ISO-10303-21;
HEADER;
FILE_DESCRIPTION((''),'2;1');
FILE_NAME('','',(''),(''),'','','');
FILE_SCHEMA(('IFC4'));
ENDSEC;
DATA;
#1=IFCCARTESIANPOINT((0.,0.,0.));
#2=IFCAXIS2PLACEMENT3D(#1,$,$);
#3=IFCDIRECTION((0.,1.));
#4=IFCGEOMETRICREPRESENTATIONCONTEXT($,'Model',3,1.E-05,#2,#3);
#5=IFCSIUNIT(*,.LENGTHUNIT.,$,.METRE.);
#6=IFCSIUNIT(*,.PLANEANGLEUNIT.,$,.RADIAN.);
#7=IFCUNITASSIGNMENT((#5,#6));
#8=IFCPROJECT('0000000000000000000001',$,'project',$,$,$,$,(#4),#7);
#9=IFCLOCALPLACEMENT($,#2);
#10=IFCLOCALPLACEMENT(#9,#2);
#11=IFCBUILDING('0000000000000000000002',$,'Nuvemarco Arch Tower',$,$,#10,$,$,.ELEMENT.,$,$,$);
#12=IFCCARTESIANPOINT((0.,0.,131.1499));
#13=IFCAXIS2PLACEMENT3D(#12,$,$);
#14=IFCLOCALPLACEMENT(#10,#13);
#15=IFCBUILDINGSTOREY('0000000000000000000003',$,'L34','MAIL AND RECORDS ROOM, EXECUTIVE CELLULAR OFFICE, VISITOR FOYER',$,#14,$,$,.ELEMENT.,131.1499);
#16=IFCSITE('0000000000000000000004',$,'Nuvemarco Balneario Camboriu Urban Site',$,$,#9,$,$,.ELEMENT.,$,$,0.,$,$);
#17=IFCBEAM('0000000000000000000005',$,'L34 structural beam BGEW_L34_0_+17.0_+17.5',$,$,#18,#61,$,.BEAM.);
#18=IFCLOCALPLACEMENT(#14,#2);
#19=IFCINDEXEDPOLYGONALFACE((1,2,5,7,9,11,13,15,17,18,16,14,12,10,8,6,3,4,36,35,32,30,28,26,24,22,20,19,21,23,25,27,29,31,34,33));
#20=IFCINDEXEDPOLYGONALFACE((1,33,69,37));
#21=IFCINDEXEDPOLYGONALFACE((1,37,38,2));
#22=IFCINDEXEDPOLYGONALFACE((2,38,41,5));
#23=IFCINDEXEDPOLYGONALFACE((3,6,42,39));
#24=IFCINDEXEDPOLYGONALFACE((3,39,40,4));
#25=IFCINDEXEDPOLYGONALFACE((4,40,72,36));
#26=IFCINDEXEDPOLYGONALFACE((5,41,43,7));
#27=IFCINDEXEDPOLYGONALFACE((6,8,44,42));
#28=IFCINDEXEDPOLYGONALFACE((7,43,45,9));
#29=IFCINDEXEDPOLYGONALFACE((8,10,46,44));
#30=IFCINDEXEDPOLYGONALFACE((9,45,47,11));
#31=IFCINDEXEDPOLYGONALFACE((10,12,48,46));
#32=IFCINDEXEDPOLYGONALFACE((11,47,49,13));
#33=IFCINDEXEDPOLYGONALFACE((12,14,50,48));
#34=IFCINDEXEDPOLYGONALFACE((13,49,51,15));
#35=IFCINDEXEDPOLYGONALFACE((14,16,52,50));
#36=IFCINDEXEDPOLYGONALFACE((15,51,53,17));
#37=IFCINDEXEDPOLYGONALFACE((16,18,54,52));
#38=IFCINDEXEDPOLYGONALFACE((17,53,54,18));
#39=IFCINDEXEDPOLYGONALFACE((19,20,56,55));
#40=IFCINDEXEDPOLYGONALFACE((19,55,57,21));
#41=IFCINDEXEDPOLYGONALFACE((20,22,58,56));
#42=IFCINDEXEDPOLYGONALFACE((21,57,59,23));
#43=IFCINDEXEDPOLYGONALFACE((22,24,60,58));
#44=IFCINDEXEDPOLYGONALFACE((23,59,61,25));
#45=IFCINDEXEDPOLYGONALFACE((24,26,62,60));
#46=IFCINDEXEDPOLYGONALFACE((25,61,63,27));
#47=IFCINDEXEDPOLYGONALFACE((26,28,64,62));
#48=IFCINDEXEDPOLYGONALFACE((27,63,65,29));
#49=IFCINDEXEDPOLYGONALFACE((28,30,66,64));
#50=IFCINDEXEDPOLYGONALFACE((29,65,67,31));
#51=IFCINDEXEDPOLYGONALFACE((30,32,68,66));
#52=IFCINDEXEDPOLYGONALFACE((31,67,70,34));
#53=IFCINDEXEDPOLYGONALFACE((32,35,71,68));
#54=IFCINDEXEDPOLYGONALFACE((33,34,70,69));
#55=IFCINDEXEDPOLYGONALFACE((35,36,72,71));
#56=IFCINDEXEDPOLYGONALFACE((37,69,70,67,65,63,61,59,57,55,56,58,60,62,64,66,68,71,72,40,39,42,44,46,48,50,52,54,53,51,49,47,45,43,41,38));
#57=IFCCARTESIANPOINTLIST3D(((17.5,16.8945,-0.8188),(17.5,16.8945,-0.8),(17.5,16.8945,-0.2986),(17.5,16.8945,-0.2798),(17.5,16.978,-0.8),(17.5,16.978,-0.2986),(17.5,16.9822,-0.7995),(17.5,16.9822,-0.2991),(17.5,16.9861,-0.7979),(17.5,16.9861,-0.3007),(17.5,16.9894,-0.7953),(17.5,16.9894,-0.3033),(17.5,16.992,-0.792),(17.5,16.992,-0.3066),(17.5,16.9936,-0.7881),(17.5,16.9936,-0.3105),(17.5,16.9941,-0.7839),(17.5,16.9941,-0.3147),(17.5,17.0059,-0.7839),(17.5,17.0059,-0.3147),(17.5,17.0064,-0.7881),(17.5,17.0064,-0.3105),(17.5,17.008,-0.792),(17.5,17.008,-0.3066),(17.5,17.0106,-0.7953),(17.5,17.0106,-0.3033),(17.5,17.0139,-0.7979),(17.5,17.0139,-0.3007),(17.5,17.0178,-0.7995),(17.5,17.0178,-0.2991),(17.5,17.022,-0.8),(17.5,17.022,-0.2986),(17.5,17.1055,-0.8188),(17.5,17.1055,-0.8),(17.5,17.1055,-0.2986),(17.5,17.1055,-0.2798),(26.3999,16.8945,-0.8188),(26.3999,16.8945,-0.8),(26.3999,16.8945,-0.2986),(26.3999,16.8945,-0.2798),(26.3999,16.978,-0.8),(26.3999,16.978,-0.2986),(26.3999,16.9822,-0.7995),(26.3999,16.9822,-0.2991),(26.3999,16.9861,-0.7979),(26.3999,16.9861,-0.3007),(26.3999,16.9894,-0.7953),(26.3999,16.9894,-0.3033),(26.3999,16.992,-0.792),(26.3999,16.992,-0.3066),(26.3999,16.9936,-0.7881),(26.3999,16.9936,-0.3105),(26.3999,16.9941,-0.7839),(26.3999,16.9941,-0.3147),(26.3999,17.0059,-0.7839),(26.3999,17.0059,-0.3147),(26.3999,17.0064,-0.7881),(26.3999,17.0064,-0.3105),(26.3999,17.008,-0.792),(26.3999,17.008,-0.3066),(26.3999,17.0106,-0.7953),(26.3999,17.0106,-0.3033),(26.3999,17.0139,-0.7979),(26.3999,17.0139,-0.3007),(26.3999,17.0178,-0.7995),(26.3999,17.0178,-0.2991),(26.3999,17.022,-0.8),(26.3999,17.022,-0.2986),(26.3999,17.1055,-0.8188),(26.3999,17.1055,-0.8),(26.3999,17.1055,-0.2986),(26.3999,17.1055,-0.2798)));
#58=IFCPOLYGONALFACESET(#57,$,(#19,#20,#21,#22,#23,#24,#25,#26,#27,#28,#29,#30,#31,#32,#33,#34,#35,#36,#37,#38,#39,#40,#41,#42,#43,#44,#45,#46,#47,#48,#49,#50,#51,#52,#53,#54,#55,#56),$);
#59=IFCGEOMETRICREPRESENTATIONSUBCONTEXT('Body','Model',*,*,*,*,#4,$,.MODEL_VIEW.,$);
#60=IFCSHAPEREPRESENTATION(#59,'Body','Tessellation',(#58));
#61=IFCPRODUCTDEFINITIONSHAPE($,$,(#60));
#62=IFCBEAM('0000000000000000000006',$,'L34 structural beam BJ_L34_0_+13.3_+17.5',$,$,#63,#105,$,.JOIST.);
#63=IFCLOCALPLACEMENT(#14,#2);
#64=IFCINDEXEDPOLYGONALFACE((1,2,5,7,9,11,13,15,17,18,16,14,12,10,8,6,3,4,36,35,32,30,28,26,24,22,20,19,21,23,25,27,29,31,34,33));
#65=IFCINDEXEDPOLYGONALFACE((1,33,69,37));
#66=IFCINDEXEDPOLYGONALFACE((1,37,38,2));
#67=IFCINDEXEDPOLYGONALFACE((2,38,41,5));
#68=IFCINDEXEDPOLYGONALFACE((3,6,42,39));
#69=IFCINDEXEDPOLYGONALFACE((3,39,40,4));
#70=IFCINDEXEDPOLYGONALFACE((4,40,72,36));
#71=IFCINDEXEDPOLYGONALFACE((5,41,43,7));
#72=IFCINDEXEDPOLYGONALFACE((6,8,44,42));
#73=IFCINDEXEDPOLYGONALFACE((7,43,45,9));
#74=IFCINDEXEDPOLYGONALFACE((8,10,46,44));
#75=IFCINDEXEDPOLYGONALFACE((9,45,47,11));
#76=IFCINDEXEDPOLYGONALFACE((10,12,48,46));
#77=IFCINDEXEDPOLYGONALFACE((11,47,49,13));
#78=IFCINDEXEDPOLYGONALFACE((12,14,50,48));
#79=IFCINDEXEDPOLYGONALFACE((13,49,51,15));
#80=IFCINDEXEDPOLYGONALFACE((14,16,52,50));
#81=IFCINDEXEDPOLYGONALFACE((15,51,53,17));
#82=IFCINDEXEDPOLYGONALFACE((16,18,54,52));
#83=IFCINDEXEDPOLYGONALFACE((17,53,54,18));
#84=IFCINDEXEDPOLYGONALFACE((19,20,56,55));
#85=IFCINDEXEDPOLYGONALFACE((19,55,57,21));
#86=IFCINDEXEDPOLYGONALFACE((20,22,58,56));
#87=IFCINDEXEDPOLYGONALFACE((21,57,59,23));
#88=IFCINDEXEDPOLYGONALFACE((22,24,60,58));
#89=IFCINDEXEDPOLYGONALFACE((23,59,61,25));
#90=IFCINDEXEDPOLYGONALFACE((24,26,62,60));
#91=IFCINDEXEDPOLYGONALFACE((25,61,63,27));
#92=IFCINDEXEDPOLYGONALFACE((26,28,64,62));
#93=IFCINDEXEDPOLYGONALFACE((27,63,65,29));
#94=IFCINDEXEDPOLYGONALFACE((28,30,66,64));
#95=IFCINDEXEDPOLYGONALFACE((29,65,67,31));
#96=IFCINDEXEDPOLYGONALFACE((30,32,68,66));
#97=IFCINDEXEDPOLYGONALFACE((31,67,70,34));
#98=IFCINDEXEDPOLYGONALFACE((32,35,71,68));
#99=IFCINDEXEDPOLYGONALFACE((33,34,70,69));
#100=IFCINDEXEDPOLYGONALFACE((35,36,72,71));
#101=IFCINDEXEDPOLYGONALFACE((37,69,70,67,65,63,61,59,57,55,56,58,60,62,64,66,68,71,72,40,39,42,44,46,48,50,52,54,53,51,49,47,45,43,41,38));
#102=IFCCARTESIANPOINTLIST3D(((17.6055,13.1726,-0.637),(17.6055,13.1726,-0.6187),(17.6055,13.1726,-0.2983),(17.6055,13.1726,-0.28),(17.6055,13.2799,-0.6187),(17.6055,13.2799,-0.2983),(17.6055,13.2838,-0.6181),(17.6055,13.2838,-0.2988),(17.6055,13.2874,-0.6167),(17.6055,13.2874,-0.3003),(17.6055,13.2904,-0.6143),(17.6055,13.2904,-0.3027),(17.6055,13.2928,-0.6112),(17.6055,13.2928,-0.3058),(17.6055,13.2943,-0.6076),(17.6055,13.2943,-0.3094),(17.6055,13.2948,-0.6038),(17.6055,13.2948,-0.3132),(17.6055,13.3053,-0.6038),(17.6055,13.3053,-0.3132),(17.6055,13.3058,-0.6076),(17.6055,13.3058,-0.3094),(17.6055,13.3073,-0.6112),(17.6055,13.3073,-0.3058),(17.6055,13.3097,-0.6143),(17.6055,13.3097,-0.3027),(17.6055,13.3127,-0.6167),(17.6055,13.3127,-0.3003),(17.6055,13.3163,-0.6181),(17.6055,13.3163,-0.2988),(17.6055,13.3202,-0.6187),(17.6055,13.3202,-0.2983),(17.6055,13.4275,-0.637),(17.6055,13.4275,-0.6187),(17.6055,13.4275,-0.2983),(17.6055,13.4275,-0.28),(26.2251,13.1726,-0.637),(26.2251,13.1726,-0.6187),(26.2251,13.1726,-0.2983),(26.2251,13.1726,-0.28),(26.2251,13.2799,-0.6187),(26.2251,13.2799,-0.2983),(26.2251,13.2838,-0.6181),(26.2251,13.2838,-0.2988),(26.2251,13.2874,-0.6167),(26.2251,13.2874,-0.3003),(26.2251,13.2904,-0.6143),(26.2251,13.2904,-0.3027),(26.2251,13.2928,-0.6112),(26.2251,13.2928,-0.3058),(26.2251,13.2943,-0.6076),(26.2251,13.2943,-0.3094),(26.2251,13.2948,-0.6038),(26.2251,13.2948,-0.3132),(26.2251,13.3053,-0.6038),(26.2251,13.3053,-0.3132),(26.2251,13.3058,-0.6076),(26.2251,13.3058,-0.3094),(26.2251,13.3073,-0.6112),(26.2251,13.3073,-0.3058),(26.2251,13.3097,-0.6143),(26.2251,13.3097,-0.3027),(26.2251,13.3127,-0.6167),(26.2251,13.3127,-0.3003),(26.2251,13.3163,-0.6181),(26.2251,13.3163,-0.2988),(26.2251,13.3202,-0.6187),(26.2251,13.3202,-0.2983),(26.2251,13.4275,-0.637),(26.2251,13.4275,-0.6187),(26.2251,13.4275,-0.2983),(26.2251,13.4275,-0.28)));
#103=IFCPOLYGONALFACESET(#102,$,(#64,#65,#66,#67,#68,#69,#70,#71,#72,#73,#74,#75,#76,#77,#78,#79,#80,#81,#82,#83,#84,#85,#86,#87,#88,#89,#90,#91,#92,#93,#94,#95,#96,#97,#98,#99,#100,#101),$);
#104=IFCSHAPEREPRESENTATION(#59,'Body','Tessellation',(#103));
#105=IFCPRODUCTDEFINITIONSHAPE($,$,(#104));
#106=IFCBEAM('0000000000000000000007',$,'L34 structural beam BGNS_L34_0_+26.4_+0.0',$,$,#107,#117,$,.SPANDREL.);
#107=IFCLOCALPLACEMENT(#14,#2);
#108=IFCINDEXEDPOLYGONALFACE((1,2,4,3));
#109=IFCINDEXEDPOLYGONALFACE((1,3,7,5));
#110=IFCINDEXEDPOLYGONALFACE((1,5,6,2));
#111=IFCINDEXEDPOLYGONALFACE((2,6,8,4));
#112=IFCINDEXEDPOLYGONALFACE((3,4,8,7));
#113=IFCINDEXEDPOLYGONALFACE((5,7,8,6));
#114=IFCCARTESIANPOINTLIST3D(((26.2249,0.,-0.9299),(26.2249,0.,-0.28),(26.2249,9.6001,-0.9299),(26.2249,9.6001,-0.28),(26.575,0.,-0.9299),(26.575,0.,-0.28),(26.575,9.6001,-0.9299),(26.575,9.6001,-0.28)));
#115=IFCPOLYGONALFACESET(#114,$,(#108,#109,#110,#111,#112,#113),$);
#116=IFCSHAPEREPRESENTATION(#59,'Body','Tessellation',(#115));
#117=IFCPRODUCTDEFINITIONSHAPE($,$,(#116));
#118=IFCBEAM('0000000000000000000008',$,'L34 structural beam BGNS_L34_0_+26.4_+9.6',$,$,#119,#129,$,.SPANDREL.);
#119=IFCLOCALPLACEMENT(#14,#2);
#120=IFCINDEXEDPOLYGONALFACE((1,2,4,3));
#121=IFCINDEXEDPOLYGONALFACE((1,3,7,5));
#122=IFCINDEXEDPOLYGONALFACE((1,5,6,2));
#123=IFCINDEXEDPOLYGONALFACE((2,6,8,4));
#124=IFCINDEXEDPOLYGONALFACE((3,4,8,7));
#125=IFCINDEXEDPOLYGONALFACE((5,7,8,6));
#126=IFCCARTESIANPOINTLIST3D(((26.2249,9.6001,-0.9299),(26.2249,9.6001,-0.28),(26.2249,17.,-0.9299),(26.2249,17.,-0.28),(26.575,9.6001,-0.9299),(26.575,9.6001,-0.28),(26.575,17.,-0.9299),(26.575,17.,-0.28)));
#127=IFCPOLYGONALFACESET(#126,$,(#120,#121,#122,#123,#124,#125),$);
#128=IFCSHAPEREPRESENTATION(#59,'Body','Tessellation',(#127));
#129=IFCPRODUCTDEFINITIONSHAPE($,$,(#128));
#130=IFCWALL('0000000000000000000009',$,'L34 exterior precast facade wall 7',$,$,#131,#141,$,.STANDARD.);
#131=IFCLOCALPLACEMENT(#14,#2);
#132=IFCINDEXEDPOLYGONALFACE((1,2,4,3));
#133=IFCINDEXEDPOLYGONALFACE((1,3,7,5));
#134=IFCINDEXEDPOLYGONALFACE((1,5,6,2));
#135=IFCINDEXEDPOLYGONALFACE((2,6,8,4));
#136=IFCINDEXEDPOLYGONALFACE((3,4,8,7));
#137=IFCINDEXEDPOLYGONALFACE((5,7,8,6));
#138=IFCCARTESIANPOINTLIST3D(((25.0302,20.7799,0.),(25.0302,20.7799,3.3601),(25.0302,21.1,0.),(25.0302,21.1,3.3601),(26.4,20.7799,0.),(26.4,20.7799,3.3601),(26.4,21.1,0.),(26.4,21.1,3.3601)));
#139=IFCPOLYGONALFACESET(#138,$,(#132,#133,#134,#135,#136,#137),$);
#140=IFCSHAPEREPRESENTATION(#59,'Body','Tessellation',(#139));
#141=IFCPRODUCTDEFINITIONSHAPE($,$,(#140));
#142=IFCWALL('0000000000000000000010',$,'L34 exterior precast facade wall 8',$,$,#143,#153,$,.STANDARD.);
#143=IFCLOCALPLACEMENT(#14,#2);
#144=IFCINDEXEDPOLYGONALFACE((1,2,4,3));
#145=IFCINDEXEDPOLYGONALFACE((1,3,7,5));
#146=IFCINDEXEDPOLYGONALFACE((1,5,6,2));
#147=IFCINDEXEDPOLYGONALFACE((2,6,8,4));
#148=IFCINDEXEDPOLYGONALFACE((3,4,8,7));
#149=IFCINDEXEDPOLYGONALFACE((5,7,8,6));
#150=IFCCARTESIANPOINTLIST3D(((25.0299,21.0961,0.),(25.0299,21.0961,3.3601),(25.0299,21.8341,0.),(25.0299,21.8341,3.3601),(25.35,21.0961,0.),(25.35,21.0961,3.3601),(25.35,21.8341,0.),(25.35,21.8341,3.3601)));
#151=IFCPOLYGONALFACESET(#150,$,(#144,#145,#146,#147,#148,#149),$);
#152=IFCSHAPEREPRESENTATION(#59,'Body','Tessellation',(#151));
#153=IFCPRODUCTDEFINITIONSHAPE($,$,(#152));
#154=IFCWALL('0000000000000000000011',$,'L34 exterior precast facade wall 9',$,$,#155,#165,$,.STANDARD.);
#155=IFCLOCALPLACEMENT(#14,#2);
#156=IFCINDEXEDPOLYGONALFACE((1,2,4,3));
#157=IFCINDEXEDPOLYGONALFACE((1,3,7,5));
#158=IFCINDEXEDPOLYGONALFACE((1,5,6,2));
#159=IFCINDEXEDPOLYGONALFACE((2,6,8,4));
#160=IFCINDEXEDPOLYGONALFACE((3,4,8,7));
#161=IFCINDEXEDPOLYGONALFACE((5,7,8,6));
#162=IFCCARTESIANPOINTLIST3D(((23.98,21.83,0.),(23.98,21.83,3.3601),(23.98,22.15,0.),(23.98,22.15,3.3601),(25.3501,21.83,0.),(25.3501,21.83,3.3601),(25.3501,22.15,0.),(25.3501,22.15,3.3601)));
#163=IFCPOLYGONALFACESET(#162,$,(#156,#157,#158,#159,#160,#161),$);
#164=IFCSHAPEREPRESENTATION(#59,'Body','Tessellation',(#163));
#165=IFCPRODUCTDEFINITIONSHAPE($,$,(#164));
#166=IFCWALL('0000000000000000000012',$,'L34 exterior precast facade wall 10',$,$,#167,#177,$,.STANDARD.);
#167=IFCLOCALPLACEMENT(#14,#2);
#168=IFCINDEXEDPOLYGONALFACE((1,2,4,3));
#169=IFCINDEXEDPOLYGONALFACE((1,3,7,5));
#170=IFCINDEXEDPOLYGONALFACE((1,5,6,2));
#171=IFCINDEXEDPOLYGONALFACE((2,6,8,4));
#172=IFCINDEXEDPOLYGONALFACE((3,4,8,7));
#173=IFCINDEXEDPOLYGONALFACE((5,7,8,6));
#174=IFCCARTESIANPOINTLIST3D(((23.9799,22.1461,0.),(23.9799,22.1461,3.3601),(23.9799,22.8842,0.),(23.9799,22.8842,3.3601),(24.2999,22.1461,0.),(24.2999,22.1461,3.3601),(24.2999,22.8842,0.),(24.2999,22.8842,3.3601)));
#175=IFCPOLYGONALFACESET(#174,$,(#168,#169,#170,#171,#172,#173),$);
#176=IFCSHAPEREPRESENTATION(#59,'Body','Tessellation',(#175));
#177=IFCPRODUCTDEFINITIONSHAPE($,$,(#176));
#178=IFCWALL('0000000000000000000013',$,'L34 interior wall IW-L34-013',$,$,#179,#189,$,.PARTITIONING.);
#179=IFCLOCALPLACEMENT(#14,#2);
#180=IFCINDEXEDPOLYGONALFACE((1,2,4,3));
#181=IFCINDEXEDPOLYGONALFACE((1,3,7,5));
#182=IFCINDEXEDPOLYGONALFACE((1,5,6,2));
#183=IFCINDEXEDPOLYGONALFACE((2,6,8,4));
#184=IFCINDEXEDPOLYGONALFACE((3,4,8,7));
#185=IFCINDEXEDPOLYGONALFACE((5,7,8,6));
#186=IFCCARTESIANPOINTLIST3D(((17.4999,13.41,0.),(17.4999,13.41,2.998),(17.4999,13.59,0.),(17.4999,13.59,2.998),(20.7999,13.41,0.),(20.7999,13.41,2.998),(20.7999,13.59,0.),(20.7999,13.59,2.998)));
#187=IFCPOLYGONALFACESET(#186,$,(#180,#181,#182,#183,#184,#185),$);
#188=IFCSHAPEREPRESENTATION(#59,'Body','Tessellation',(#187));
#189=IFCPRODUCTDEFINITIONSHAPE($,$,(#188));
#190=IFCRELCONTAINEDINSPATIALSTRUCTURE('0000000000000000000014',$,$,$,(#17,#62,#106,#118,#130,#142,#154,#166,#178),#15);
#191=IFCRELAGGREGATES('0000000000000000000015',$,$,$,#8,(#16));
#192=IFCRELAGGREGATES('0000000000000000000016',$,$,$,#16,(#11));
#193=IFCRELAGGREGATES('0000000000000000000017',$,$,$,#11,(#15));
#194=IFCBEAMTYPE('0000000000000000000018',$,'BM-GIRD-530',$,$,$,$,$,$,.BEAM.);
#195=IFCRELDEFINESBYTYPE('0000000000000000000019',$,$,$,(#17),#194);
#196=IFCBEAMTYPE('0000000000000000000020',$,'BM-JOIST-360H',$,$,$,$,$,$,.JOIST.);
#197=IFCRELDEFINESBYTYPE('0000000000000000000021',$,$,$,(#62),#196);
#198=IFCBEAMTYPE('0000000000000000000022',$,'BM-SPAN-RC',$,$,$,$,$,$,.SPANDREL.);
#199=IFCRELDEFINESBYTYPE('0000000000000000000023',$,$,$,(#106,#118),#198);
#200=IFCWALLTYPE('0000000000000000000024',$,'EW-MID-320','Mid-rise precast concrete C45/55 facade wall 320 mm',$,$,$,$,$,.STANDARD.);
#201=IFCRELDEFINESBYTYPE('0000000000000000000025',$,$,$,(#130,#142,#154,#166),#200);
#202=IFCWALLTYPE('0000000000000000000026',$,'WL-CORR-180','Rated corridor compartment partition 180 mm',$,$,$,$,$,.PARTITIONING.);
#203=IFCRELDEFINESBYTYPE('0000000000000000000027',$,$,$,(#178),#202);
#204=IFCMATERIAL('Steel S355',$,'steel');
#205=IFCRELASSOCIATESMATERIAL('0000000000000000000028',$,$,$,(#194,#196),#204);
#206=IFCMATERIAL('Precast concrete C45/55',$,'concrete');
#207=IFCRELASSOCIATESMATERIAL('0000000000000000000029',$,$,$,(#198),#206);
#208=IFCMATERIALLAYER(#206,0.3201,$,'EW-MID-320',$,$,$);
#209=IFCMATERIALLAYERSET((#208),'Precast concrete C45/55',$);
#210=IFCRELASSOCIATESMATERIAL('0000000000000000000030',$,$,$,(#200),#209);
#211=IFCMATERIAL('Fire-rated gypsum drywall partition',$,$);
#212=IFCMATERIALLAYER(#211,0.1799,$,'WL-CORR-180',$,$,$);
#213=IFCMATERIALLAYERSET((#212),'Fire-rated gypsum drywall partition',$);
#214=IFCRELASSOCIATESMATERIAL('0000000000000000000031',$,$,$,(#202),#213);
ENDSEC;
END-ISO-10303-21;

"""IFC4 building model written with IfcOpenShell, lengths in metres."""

from ifc_helpers import new_model, si_unit, direction, frame, frame_2d, origin, origin_2d, place, context, subcontext, project, spatial, rectangle, i_section, extrude, material, layer, layer_set, material_profile, profile_set, type_object, element, save


model = new_model("IFC4")

# Units and contexts
model_context = context("Model", 3, precision=1e-05, world=origin(), true_north=direction((0.0, 1.0)))
body_context = subcontext(model_context, "Body", "Model", "MODEL_VIEW")
ifc_project = project(units=[si_unit("LENGTHUNIT", "METRE"), si_unit("PLANEANGLEUNIT", "RADIAN")], contexts=[model_context])

# Site, building, storey
site_placement = place(None, origin())
site = spatial("IfcSite", under=ifc_project, at=site_placement, Name="Nuvemarco Balneario Camboriu Urban Site", CompositionType="ELEMENT", RefElevation=0.0)
building_placement = place(site_placement, origin())
building = spatial("IfcBuilding", under=site, at=building_placement, Name="Nuvemarco Arch Tower", CompositionType="ELEMENT")
storey_placement = place(building_placement, frame((0.0, 0.0, 131.1499)))
storey = spatial("IfcBuildingStorey", under=building, at=storey_placement, Name="L34", Description="MAIL AND RECORDS ROOM, EXECUTIVE CELLULAR OFFICE, VISITOR FOYER", CompositionType="ELEMENT", Elevation=131.1499)

# Shared definitions
ifc_material_1 = material(Name="Steel S355", Category="steel")

# Beams
ifc_material_profile_1 = material_profile(ifc_material_1, i_section(OverallWidth=0.2109, OverallDepth=0.5391, WebThickness=0.0117, FlangeThickness=0.0188, FilletRadius=0.0161, at=origin_2d()), Name="W530x109")
ifc_profile_set_1 = profile_set([ifc_material_profile_1], Name="Steel S355")
beam_type_1 = type_object("IfcBeamType", Name="BM-GIRD-530", PredefinedType="BEAM", material=ifc_profile_set_1)
for number, where, z_axis, x_axis, name in (
    (1, (17.5, 17.0, -0.5493), (1.0, 0.0, 0.0), (0.0, 1.0, 0.0), "L34 structural beam BGEW_L34_0_+17.0_+17.5"),
):
    element("IfcBeam", number, at=place(storey_placement, frame(where, z_axis=z_axis, x_axis=x_axis)), inside=storey, type_object=beam_type_1, Name=name, PredefinedType="BEAM", context=body_context, shape_type="SweptSolid", body=[
        extrude(i_section(OverallWidth=0.2109, OverallDepth=0.5391, WebThickness=0.0117, FlangeThickness=0.0188, FilletRadius=0.0161, at=origin_2d()), origin(), (0.0, 0.0, 1.0), 8.8999),
    ])
ifc_material_profile_2 = material_profile(ifc_material_1, i_section(OverallWidth=0.2549, OverallDepth=0.3569, WebThickness=0.0105, FlangeThickness=0.0183, FilletRadius=0.0149, at=origin_2d()), Name="W360x101")
ifc_profile_set_2 = profile_set([ifc_material_profile_2], Name="Steel S355")
beam_type_2 = type_object("IfcBeamType", Name="BM-JOIST-360H", PredefinedType="JOIST", material=ifc_profile_set_2)
beam_1_placement = place(storey_placement, frame((17.6055, 13.3, -0.4585), z_axis=(1.0, 0.0, 0.0), x_axis=(0.0, 1.0, 0.0)))
element("IfcBeam", 2, at=beam_1_placement, inside=storey, type_object=beam_type_2, Name="L34 structural beam BJ_L34_0_+13.3_+17.5", PredefinedType="JOIST", context=body_context, shape_type="SweptSolid", body=[
    extrude(i_section(OverallWidth=0.2549, OverallDepth=0.3569, WebThickness=0.0105, FlangeThickness=0.0183, FilletRadius=0.0149, at=origin_2d()), origin(), (0.0, 0.0, 1.0), 8.6196),
])
ifc_material_2 = material(Name="Precast concrete C45/55", Category="concrete")
ifc_material_profile_3 = material_profile(ifc_material_2, rectangle(XDim=0.3501, YDim=0.6499, at=origin_2d()), Name="PC-SP-350x650")
ifc_profile_set_3 = profile_set([ifc_material_profile_3], Name="Precast concrete C45/55")
beam_type_3 = type_object("IfcBeamType", Name="BM-SPAN-RC", PredefinedType="SPANDREL", material=ifc_profile_set_3)
beam_2_placement = place(storey_placement, frame((26.3999, 0.0, -0.605), z_axis=(0.0, 1.0, 0.0), x_axis=(-1.0, 0.0, 0.0)))
element("IfcBeam", 3, at=beam_2_placement, inside=storey, type_object=beam_type_3, Name="L34 structural beam BGNS_L34_0_+26.4_+0.0", PredefinedType="SPANDREL", context=body_context, shape_type="SweptSolid", body=[
    extrude(rectangle(XDim=0.3501, YDim=0.6499, at=origin_2d()), origin(), (0.0, 0.0, 1.0), 9.6001),
])
beam_3_placement = place(storey_placement, frame((26.3999, 9.6001, -0.605), z_axis=(0.0, 1.0, 0.0), x_axis=(-1.0, 0.0, 0.0)))
element("IfcBeam", 4, at=beam_3_placement, inside=storey, type_object=beam_type_3, Name="L34 structural beam BGNS_L34_0_+26.4_+9.6", PredefinedType="SPANDREL", context=body_context, shape_type="SweptSolid", body=[
    extrude(rectangle(XDim=0.3501, YDim=0.6499, at=origin_2d()), origin(), (0.0, 0.0, 1.0), 7.3999),
])

# Walls
ifc_layer_1 = layer(ifc_material_2, 0.3201, Name="EW-MID-320")
ifc_layer_set_1 = layer_set([ifc_layer_1], Name="Precast concrete C45/55")
wall_type_1 = type_object("IfcWallType", Name="EW-MID-320", Description="Mid-rise precast concrete C45/55 facade wall 320 mm", PredefinedType="STANDARD", material=ifc_layer_set_1)
wall_1_placement = place(storey_placement, frame((25.03, 20.9399, 0.0), z_axis=(0.0, 0.0, 1.0), x_axis=(1.0, 0.0, 0.0)))
element("IfcWall", 5, at=wall_1_placement, inside=storey, type_object=wall_type_1, Name="L34 exterior precast facade wall 7", PredefinedType="STANDARD", context=body_context, shape_type="SweptSolid", body=[
    extrude(rectangle(XDim=1.3699, YDim=0.3201, at=frame_2d((0.6851, 0.0))), origin(), (0.0, 0.0, 1.0), 3.3601),
])
wall_2_placement = place(storey_placement, frame((25.1899, 21.0959, 0.0), z_axis=(0.0, 0.0, 1.0), x_axis=(0.0, 1.0, 0.0)))
element("IfcWall", 6, at=wall_2_placement, inside=storey, type_object=wall_type_1, Name="L34 exterior precast facade wall 8", PredefinedType="STANDARD", context=body_context, shape_type="SweptSolid", body=[
    extrude(rectangle(XDim=0.738, YDim=0.3201, at=frame_2d((0.3691, 0.0))), origin(), (0.0, 0.0, 1.0), 3.3601),
])
wall_3_placement = place(storey_placement, frame((23.98, 21.99, 0.0), z_axis=(0.0, 0.0, 1.0), x_axis=(1.0, 0.0, 0.0)))
element("IfcWall", 7, at=wall_3_placement, inside=storey, type_object=wall_type_1, Name="L34 exterior precast facade wall 9", PredefinedType="STANDARD", context=body_context, shape_type="SweptSolid", body=[
    extrude(rectangle(XDim=1.3701, YDim=0.3201, at=frame_2d((0.6851, 0.0))), origin(), (0.0, 0.0, 1.0), 3.3601),
])
wall_4_placement = place(storey_placement, frame((24.1399, 22.146, 0.0), z_axis=(0.0, 0.0, 1.0), x_axis=(0.0, 1.0, 0.0)))
element("IfcWall", 8, at=wall_4_placement, inside=storey, type_object=wall_type_1, Name="L34 exterior precast facade wall 10", PredefinedType="STANDARD", context=body_context, shape_type="SweptSolid", body=[
    extrude(rectangle(XDim=0.738, YDim=0.3201, at=frame_2d((0.3691, 0.0))), origin(), (0.0, 0.0, 1.0), 3.3601),
])
ifc_material_3 = material(Name="Fire-rated gypsum drywall partition")
ifc_layer_2 = layer(ifc_material_3, 0.1799, Name="WL-CORR-180")
ifc_layer_set_2 = layer_set([ifc_layer_2], Name="Fire-rated gypsum drywall partition")
wall_type_2 = type_object("IfcWallType", Name="WL-CORR-180", Description="Rated corridor compartment partition 180 mm", PredefinedType="PARTITIONING", material=ifc_layer_set_2)
wall_5_placement = place(storey_placement, frame((17.5, 13.5, 0.0), z_axis=(0.0, 0.0, 1.0), x_axis=(1.0, 0.0, 0.0)))
element("IfcWall", 9, at=wall_5_placement, inside=storey, type_object=wall_type_2, Name="L34 interior wall IW-L34-013", PredefinedType="PARTITIONING", context=body_context, shape_type="SweptSolid", body=[
    extrude(rectangle(XDim=3.3, YDim=0.1799, at=frame_2d((1.6499, 0.0))), origin(), (0.0, 0.0, 1.0), 2.998),
])

save(model, "model.ifc")
